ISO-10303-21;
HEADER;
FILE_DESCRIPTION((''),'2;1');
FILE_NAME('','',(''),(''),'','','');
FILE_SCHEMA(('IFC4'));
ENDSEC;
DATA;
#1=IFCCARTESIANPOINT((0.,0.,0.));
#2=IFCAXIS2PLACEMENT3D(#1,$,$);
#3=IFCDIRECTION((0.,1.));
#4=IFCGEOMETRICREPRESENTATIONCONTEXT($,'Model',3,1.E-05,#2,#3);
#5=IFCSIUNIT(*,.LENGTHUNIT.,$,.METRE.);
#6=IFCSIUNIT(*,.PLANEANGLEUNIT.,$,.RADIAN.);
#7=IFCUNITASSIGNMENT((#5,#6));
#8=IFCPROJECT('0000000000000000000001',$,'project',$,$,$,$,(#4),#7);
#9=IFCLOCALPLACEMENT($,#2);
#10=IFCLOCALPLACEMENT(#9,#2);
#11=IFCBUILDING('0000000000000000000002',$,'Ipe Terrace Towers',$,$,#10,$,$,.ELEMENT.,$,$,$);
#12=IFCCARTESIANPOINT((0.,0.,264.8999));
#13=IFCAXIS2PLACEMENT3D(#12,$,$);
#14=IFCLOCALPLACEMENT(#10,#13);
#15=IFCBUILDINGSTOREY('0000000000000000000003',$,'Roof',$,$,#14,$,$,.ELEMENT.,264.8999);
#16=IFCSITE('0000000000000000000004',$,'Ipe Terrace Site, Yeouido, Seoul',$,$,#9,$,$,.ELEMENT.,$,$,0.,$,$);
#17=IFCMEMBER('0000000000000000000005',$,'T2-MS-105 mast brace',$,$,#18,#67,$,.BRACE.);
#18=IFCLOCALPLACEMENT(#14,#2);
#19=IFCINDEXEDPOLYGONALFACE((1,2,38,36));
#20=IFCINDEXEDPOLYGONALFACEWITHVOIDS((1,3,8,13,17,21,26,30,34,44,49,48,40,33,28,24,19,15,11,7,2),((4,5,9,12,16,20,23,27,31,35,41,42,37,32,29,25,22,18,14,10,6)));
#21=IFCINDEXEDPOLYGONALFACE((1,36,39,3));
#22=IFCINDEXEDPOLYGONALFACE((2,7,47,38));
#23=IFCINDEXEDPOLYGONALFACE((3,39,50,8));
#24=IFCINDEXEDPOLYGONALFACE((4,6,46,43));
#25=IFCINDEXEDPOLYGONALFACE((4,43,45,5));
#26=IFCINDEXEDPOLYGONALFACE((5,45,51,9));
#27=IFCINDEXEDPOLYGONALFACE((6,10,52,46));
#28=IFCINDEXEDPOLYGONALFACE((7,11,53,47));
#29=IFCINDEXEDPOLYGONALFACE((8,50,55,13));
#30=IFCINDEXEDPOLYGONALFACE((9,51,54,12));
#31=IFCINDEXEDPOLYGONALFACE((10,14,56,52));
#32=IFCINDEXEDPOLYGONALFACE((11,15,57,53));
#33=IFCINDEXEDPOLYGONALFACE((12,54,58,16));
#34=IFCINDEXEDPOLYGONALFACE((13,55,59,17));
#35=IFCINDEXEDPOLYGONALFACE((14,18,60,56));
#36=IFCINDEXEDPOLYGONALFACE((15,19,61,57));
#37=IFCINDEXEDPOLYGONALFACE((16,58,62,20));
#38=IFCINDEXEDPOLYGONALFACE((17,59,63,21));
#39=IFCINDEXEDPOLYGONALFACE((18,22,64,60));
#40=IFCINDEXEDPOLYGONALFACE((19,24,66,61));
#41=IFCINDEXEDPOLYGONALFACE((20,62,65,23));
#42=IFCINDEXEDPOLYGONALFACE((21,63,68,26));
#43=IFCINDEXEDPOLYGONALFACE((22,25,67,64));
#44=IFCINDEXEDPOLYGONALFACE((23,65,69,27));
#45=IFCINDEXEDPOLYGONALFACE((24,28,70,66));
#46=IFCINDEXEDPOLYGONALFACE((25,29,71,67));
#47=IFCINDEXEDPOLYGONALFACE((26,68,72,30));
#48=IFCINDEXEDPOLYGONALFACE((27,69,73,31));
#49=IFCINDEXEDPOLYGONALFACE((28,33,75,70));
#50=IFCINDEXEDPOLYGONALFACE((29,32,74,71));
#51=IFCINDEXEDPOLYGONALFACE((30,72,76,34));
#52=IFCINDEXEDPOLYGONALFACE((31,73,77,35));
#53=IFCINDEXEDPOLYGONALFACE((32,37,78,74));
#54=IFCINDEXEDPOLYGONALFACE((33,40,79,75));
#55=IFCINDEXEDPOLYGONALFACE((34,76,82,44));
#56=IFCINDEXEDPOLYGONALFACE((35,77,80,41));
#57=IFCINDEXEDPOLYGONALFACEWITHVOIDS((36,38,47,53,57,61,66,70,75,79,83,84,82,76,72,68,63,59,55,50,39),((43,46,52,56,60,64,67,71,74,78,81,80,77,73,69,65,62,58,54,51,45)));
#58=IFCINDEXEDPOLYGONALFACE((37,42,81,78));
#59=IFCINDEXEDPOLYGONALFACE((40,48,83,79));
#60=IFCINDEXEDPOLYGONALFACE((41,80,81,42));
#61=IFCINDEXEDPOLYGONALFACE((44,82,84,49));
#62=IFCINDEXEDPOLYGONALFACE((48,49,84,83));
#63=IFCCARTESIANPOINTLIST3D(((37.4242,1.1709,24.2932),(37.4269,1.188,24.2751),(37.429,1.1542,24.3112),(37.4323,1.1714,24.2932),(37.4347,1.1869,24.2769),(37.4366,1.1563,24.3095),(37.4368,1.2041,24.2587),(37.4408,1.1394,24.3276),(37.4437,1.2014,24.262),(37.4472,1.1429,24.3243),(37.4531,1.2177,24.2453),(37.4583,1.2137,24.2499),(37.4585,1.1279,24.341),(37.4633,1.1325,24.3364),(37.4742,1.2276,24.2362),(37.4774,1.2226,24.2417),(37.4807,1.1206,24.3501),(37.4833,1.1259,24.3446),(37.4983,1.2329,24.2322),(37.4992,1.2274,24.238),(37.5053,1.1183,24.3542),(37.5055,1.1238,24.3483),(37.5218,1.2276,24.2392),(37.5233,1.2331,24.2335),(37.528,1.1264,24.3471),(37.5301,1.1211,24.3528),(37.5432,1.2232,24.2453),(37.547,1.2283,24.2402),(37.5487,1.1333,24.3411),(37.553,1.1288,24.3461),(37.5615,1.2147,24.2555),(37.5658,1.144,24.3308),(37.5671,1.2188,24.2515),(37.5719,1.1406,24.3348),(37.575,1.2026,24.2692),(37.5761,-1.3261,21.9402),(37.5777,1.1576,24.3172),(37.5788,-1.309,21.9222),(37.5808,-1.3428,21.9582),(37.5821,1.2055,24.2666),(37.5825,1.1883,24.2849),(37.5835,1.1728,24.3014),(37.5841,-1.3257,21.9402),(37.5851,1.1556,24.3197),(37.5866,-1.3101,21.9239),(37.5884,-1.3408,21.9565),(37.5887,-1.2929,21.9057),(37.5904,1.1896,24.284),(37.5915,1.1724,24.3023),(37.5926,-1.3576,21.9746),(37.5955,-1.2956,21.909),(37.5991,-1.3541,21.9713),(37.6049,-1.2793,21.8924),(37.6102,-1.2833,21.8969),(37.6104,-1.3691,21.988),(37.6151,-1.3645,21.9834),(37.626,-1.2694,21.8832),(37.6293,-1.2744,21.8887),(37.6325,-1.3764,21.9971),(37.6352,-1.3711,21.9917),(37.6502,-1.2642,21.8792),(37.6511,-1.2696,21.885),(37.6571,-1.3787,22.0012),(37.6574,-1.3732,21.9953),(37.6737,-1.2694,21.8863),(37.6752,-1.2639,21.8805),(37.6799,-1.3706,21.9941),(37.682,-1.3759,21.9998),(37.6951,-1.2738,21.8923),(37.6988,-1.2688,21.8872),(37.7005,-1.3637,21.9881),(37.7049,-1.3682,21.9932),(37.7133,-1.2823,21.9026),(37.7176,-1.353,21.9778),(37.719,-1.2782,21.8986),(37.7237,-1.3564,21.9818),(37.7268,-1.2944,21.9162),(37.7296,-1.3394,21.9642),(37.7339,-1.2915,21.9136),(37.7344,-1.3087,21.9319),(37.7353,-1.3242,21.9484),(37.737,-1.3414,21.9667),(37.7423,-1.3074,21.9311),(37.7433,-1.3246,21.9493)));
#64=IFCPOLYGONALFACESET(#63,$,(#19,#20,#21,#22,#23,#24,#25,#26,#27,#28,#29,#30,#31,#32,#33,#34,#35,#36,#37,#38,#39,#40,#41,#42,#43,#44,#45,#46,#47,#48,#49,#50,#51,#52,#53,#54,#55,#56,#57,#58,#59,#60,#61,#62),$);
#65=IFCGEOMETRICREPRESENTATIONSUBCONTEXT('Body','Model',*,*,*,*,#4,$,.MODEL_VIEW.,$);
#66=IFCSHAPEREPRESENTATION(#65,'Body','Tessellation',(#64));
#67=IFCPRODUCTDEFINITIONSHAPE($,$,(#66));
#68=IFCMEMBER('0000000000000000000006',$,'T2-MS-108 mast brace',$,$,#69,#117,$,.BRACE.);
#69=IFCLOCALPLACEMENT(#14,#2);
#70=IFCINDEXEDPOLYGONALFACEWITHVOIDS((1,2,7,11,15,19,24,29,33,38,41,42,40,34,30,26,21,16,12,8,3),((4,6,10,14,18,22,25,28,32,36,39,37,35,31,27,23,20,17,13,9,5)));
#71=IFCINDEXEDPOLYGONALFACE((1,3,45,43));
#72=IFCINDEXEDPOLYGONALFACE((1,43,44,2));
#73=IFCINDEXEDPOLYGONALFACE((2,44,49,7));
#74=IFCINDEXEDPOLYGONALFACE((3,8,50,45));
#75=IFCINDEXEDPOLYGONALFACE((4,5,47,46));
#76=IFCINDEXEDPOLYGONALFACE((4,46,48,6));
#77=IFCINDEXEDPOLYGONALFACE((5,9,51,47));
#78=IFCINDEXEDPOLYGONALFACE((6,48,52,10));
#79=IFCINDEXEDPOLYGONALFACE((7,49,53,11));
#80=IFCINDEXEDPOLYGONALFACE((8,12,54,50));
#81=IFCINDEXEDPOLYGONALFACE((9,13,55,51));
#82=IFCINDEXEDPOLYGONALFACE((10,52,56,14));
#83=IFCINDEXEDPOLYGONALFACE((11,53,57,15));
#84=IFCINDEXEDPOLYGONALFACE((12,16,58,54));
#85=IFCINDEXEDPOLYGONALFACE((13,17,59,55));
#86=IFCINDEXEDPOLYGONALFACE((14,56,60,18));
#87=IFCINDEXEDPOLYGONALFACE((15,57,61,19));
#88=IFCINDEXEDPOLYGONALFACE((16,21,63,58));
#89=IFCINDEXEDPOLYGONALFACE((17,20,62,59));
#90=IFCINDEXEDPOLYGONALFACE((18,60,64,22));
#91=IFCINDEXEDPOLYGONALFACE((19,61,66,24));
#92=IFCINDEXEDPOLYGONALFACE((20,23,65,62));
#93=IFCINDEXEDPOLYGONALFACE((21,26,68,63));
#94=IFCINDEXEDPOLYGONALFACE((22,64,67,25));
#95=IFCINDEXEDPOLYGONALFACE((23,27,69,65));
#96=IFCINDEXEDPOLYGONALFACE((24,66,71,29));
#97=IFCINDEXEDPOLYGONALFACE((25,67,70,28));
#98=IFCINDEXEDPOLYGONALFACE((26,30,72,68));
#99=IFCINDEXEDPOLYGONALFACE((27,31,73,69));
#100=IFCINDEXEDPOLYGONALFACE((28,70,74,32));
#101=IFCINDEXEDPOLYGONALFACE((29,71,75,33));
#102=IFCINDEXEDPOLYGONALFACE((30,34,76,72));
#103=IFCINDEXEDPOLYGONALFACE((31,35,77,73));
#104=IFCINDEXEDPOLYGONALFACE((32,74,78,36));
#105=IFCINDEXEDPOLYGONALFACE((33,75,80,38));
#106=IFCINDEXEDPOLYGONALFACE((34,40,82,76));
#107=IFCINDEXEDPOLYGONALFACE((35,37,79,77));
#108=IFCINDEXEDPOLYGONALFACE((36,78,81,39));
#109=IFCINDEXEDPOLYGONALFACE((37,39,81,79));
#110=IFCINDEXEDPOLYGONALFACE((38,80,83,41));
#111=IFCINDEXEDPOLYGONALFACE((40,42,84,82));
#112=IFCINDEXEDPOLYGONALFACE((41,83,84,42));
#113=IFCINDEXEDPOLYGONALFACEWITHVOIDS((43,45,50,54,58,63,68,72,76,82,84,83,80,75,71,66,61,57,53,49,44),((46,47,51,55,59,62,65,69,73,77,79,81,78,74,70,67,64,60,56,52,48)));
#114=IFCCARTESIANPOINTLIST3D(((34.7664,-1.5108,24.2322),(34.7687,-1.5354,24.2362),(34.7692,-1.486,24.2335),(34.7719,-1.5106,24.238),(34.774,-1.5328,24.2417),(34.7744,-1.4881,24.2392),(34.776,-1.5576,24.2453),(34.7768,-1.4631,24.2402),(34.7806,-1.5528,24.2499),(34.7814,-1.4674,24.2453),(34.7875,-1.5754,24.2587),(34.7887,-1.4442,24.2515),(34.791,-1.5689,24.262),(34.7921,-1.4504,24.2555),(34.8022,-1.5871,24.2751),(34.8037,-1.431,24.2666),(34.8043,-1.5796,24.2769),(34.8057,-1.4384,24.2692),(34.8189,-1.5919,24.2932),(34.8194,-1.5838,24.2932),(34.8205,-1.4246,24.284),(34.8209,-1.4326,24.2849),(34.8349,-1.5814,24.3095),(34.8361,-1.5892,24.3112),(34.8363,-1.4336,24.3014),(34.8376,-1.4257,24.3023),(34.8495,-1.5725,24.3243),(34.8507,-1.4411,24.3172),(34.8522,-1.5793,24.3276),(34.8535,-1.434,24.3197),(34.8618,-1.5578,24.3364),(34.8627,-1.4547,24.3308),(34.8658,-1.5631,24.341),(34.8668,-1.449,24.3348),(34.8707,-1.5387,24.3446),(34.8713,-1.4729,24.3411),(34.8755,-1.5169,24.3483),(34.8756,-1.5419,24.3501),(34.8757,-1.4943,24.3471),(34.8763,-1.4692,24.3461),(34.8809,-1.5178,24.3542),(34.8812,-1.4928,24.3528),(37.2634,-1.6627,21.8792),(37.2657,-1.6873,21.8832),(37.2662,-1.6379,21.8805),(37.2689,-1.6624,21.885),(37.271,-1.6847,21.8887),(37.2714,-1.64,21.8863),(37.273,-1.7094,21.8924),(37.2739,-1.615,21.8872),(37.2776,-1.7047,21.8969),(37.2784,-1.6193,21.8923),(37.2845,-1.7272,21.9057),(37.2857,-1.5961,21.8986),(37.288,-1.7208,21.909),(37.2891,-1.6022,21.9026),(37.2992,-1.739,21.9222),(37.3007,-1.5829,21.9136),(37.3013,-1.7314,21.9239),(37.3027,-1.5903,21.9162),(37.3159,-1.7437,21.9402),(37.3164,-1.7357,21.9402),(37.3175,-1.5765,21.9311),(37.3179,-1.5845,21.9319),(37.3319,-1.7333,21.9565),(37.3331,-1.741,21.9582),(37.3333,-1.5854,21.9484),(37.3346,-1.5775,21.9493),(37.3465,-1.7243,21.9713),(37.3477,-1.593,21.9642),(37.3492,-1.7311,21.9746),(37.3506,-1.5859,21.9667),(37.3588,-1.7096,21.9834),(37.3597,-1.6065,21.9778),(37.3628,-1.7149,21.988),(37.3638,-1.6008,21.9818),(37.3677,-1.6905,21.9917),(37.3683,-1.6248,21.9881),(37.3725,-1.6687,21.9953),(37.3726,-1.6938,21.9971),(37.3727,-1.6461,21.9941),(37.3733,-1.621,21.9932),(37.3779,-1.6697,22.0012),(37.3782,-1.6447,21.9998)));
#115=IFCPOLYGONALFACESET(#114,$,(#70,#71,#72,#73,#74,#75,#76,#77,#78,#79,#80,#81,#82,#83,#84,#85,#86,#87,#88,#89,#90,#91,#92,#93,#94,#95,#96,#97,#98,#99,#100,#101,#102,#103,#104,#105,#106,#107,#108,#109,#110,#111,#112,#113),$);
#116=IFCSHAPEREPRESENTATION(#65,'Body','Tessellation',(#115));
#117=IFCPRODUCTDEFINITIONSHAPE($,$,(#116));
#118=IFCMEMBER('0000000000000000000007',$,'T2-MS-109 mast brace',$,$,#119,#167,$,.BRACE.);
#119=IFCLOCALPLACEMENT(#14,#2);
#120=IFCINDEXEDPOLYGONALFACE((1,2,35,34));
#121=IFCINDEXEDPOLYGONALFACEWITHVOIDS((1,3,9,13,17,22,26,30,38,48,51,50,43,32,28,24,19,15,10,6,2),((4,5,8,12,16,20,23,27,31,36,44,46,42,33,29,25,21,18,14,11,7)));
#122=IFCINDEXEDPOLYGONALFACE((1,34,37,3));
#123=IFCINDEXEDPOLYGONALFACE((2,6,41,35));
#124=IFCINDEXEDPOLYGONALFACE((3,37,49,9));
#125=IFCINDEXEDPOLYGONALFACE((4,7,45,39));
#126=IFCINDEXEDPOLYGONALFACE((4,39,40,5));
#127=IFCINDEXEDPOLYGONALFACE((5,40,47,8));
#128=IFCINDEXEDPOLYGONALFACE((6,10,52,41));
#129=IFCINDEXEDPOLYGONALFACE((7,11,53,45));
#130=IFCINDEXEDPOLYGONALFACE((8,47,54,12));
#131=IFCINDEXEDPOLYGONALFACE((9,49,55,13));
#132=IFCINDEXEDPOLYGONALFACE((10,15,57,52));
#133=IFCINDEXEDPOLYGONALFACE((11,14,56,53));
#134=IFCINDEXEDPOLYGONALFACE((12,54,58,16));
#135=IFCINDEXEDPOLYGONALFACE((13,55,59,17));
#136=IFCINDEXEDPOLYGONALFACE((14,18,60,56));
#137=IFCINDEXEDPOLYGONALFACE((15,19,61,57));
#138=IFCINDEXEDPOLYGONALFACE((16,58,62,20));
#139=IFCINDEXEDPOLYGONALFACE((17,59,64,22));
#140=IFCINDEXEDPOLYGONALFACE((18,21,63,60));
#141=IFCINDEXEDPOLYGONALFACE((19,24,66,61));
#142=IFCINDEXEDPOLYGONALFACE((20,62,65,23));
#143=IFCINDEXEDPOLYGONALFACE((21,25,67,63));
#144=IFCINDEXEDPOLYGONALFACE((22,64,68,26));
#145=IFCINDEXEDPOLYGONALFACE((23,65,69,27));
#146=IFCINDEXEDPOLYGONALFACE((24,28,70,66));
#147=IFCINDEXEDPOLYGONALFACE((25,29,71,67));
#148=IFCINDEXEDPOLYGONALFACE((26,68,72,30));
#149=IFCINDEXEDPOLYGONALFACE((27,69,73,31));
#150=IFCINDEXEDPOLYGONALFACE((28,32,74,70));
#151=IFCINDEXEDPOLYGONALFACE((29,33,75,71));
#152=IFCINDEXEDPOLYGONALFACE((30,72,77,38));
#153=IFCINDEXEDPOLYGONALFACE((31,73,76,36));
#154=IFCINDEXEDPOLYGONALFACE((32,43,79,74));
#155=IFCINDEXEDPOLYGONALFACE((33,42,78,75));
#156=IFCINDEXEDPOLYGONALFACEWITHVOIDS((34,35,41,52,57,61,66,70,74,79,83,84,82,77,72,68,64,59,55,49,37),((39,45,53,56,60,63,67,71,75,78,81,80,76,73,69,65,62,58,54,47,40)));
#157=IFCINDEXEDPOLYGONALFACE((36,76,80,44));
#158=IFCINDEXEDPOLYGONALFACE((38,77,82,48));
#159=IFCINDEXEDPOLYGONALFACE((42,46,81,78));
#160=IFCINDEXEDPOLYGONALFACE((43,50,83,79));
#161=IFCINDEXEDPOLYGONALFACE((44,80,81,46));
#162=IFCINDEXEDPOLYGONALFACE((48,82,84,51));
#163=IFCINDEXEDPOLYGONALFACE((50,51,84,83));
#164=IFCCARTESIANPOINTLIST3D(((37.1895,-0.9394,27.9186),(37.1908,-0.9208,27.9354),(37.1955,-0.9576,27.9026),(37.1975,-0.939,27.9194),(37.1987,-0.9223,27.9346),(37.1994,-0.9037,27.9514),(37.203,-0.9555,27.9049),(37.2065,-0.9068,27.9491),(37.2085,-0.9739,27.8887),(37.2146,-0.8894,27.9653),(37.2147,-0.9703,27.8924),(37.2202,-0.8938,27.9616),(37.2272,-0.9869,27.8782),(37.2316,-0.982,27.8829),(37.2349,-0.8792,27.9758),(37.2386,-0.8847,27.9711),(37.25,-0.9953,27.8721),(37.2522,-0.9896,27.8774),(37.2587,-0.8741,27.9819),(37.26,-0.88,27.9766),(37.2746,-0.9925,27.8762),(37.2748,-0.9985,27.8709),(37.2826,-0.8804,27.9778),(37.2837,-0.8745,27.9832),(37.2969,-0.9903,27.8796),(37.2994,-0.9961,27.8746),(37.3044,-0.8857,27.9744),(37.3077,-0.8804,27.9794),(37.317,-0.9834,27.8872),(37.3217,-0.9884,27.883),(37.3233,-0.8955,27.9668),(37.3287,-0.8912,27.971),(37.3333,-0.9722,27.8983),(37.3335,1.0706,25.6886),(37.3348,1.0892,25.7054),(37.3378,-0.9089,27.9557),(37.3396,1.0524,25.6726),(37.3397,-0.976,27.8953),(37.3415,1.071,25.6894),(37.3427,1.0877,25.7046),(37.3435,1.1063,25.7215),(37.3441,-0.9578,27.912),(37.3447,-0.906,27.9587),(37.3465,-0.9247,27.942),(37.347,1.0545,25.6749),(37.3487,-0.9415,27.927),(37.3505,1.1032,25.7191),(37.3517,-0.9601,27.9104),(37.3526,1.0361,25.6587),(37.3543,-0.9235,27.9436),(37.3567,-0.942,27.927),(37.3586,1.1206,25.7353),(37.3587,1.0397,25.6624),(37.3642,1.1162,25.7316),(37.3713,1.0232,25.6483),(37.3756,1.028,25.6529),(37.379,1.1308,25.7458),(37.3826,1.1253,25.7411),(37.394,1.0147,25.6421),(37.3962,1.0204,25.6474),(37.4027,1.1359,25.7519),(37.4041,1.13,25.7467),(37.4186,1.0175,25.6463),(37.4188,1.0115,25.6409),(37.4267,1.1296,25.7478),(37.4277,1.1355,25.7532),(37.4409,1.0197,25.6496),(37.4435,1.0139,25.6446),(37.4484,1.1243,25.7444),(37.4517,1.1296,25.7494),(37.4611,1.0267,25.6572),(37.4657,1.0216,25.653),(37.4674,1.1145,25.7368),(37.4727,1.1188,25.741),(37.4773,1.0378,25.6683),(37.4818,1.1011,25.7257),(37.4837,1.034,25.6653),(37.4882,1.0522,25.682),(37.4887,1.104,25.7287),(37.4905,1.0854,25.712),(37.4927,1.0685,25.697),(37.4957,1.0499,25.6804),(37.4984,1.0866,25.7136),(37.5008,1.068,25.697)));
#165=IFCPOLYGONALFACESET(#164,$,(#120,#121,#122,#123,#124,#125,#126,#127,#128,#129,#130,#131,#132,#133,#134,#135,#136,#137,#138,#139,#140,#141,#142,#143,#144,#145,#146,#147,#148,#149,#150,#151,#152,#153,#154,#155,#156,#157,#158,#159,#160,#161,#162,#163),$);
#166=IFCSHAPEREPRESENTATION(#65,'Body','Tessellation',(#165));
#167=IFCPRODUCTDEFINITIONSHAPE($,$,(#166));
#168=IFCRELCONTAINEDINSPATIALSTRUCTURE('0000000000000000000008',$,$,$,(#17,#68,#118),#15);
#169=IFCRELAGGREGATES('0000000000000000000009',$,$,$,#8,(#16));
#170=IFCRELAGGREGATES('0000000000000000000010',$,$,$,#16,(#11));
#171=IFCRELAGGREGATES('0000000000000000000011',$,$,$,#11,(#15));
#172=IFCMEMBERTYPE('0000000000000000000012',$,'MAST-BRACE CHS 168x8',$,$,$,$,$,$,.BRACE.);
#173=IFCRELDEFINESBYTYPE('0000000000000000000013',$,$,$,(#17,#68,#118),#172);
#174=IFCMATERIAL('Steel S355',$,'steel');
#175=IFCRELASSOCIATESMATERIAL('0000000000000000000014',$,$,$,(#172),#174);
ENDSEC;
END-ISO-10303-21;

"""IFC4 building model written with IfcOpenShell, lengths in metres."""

from ifc_helpers import new_model, si_unit, direction, frame, origin, origin_2d, place, context, subcontext, project, spatial, hollow_circle, extrude, material, material_profile, profile_set, type_object, element, save


model = new_model("IFC4")

# Units and contexts
model_context = context("Model", 3, precision=1e-05, world=origin(), true_north=direction((0.0, 1.0)))
body_context = subcontext(model_context, "Body", "Model", "MODEL_VIEW")
ifc_project = project(units=[si_unit("LENGTHUNIT", "METRE"), si_unit("PLANEANGLEUNIT", "RADIAN")], contexts=[model_context])

# Site, building, storey
site_placement = place(None, origin())
site = spatial("IfcSite", under=ifc_project, at=site_placement, Name="Ipe Terrace Site, Yeouido, Seoul", CompositionType="ELEMENT", RefElevation=0.0)
building_placement = place(site_placement, origin())
building = spatial("IfcBuilding", under=site, at=building_placement, Name="Ipe Terrace Towers", CompositionType="ELEMENT")
storey_placement = place(building_placement, frame((0.0, 0.0, 264.8999)))
storey = spatial("IfcBuildingStorey", under=building, at=storey_placement, Name="Roof", CompositionType="ELEMENT", Elevation=264.8999)

# Members
ifc_material_1 = material(Name="Steel S355", Category="steel")
ifc_material_profile_1 = material_profile(ifc_material_1, hollow_circle(Radius=0.084, WallThickness=0.0081, at=origin_2d()), Name="MAST-BRACE CHS 168x8")
ifc_profile_set_1 = profile_set([ifc_material_profile_1], Name="Steel S355")
member_type_1 = type_object("IfcMemberType", Name="MAST-BRACE CHS 168x8", PredefinedType="BRACE", material=ifc_profile_set_1)
for number, where, z_axis, x_axis, name in (
    (1, (37.6599, -1.321, 21.9402), (-0.044216, 0.727074, 0.685133), (-0.998156, -0.060701, 0.0), "T2-MS-105 mast brace"),
    (2, (37.321, -1.6599, 21.9402), (-0.727074, 0.044216, 0.685133), (-0.060701, -0.998156, 0.0), "T2-MS-108 mast brace"),
):
    element("IfcMember", number, at=place(storey_placement, frame(where, z_axis=z_axis, x_axis=x_axis)), inside=storey, type_object=member_type_1, Name=name, PredefinedType="BRACE", context=body_context, shape_type="SweptSolid", body=[
        extrude(hollow_circle(Radius=0.084, WallThickness=0.0081, at=origin_2d()), origin(), (0.0, 0.0, 1.0), 3.4343),
    ])
for number, where, z_axis, x_axis, name in (
    (3, (37.417, 1.074, 25.697), (-0.047925, -0.668752, 0.741939), (0.997442, -0.07148, 0.0), "T2-MS-109 mast brace"),
):
    element("IfcMember", number, at=place(storey_placement, frame(where, z_axis=z_axis, x_axis=x_axis)), inside=storey, type_object=member_type_1, Name=name, PredefinedType="BRACE", context=body_context, shape_type="SweptSolid", body=[
        extrude(hollow_circle(Radius=0.084, WallThickness=0.0081, at=origin_2d()), origin(), (0.0, 0.0, 1.0), 3.0056),
    ])

save(model, "model.ifc")
